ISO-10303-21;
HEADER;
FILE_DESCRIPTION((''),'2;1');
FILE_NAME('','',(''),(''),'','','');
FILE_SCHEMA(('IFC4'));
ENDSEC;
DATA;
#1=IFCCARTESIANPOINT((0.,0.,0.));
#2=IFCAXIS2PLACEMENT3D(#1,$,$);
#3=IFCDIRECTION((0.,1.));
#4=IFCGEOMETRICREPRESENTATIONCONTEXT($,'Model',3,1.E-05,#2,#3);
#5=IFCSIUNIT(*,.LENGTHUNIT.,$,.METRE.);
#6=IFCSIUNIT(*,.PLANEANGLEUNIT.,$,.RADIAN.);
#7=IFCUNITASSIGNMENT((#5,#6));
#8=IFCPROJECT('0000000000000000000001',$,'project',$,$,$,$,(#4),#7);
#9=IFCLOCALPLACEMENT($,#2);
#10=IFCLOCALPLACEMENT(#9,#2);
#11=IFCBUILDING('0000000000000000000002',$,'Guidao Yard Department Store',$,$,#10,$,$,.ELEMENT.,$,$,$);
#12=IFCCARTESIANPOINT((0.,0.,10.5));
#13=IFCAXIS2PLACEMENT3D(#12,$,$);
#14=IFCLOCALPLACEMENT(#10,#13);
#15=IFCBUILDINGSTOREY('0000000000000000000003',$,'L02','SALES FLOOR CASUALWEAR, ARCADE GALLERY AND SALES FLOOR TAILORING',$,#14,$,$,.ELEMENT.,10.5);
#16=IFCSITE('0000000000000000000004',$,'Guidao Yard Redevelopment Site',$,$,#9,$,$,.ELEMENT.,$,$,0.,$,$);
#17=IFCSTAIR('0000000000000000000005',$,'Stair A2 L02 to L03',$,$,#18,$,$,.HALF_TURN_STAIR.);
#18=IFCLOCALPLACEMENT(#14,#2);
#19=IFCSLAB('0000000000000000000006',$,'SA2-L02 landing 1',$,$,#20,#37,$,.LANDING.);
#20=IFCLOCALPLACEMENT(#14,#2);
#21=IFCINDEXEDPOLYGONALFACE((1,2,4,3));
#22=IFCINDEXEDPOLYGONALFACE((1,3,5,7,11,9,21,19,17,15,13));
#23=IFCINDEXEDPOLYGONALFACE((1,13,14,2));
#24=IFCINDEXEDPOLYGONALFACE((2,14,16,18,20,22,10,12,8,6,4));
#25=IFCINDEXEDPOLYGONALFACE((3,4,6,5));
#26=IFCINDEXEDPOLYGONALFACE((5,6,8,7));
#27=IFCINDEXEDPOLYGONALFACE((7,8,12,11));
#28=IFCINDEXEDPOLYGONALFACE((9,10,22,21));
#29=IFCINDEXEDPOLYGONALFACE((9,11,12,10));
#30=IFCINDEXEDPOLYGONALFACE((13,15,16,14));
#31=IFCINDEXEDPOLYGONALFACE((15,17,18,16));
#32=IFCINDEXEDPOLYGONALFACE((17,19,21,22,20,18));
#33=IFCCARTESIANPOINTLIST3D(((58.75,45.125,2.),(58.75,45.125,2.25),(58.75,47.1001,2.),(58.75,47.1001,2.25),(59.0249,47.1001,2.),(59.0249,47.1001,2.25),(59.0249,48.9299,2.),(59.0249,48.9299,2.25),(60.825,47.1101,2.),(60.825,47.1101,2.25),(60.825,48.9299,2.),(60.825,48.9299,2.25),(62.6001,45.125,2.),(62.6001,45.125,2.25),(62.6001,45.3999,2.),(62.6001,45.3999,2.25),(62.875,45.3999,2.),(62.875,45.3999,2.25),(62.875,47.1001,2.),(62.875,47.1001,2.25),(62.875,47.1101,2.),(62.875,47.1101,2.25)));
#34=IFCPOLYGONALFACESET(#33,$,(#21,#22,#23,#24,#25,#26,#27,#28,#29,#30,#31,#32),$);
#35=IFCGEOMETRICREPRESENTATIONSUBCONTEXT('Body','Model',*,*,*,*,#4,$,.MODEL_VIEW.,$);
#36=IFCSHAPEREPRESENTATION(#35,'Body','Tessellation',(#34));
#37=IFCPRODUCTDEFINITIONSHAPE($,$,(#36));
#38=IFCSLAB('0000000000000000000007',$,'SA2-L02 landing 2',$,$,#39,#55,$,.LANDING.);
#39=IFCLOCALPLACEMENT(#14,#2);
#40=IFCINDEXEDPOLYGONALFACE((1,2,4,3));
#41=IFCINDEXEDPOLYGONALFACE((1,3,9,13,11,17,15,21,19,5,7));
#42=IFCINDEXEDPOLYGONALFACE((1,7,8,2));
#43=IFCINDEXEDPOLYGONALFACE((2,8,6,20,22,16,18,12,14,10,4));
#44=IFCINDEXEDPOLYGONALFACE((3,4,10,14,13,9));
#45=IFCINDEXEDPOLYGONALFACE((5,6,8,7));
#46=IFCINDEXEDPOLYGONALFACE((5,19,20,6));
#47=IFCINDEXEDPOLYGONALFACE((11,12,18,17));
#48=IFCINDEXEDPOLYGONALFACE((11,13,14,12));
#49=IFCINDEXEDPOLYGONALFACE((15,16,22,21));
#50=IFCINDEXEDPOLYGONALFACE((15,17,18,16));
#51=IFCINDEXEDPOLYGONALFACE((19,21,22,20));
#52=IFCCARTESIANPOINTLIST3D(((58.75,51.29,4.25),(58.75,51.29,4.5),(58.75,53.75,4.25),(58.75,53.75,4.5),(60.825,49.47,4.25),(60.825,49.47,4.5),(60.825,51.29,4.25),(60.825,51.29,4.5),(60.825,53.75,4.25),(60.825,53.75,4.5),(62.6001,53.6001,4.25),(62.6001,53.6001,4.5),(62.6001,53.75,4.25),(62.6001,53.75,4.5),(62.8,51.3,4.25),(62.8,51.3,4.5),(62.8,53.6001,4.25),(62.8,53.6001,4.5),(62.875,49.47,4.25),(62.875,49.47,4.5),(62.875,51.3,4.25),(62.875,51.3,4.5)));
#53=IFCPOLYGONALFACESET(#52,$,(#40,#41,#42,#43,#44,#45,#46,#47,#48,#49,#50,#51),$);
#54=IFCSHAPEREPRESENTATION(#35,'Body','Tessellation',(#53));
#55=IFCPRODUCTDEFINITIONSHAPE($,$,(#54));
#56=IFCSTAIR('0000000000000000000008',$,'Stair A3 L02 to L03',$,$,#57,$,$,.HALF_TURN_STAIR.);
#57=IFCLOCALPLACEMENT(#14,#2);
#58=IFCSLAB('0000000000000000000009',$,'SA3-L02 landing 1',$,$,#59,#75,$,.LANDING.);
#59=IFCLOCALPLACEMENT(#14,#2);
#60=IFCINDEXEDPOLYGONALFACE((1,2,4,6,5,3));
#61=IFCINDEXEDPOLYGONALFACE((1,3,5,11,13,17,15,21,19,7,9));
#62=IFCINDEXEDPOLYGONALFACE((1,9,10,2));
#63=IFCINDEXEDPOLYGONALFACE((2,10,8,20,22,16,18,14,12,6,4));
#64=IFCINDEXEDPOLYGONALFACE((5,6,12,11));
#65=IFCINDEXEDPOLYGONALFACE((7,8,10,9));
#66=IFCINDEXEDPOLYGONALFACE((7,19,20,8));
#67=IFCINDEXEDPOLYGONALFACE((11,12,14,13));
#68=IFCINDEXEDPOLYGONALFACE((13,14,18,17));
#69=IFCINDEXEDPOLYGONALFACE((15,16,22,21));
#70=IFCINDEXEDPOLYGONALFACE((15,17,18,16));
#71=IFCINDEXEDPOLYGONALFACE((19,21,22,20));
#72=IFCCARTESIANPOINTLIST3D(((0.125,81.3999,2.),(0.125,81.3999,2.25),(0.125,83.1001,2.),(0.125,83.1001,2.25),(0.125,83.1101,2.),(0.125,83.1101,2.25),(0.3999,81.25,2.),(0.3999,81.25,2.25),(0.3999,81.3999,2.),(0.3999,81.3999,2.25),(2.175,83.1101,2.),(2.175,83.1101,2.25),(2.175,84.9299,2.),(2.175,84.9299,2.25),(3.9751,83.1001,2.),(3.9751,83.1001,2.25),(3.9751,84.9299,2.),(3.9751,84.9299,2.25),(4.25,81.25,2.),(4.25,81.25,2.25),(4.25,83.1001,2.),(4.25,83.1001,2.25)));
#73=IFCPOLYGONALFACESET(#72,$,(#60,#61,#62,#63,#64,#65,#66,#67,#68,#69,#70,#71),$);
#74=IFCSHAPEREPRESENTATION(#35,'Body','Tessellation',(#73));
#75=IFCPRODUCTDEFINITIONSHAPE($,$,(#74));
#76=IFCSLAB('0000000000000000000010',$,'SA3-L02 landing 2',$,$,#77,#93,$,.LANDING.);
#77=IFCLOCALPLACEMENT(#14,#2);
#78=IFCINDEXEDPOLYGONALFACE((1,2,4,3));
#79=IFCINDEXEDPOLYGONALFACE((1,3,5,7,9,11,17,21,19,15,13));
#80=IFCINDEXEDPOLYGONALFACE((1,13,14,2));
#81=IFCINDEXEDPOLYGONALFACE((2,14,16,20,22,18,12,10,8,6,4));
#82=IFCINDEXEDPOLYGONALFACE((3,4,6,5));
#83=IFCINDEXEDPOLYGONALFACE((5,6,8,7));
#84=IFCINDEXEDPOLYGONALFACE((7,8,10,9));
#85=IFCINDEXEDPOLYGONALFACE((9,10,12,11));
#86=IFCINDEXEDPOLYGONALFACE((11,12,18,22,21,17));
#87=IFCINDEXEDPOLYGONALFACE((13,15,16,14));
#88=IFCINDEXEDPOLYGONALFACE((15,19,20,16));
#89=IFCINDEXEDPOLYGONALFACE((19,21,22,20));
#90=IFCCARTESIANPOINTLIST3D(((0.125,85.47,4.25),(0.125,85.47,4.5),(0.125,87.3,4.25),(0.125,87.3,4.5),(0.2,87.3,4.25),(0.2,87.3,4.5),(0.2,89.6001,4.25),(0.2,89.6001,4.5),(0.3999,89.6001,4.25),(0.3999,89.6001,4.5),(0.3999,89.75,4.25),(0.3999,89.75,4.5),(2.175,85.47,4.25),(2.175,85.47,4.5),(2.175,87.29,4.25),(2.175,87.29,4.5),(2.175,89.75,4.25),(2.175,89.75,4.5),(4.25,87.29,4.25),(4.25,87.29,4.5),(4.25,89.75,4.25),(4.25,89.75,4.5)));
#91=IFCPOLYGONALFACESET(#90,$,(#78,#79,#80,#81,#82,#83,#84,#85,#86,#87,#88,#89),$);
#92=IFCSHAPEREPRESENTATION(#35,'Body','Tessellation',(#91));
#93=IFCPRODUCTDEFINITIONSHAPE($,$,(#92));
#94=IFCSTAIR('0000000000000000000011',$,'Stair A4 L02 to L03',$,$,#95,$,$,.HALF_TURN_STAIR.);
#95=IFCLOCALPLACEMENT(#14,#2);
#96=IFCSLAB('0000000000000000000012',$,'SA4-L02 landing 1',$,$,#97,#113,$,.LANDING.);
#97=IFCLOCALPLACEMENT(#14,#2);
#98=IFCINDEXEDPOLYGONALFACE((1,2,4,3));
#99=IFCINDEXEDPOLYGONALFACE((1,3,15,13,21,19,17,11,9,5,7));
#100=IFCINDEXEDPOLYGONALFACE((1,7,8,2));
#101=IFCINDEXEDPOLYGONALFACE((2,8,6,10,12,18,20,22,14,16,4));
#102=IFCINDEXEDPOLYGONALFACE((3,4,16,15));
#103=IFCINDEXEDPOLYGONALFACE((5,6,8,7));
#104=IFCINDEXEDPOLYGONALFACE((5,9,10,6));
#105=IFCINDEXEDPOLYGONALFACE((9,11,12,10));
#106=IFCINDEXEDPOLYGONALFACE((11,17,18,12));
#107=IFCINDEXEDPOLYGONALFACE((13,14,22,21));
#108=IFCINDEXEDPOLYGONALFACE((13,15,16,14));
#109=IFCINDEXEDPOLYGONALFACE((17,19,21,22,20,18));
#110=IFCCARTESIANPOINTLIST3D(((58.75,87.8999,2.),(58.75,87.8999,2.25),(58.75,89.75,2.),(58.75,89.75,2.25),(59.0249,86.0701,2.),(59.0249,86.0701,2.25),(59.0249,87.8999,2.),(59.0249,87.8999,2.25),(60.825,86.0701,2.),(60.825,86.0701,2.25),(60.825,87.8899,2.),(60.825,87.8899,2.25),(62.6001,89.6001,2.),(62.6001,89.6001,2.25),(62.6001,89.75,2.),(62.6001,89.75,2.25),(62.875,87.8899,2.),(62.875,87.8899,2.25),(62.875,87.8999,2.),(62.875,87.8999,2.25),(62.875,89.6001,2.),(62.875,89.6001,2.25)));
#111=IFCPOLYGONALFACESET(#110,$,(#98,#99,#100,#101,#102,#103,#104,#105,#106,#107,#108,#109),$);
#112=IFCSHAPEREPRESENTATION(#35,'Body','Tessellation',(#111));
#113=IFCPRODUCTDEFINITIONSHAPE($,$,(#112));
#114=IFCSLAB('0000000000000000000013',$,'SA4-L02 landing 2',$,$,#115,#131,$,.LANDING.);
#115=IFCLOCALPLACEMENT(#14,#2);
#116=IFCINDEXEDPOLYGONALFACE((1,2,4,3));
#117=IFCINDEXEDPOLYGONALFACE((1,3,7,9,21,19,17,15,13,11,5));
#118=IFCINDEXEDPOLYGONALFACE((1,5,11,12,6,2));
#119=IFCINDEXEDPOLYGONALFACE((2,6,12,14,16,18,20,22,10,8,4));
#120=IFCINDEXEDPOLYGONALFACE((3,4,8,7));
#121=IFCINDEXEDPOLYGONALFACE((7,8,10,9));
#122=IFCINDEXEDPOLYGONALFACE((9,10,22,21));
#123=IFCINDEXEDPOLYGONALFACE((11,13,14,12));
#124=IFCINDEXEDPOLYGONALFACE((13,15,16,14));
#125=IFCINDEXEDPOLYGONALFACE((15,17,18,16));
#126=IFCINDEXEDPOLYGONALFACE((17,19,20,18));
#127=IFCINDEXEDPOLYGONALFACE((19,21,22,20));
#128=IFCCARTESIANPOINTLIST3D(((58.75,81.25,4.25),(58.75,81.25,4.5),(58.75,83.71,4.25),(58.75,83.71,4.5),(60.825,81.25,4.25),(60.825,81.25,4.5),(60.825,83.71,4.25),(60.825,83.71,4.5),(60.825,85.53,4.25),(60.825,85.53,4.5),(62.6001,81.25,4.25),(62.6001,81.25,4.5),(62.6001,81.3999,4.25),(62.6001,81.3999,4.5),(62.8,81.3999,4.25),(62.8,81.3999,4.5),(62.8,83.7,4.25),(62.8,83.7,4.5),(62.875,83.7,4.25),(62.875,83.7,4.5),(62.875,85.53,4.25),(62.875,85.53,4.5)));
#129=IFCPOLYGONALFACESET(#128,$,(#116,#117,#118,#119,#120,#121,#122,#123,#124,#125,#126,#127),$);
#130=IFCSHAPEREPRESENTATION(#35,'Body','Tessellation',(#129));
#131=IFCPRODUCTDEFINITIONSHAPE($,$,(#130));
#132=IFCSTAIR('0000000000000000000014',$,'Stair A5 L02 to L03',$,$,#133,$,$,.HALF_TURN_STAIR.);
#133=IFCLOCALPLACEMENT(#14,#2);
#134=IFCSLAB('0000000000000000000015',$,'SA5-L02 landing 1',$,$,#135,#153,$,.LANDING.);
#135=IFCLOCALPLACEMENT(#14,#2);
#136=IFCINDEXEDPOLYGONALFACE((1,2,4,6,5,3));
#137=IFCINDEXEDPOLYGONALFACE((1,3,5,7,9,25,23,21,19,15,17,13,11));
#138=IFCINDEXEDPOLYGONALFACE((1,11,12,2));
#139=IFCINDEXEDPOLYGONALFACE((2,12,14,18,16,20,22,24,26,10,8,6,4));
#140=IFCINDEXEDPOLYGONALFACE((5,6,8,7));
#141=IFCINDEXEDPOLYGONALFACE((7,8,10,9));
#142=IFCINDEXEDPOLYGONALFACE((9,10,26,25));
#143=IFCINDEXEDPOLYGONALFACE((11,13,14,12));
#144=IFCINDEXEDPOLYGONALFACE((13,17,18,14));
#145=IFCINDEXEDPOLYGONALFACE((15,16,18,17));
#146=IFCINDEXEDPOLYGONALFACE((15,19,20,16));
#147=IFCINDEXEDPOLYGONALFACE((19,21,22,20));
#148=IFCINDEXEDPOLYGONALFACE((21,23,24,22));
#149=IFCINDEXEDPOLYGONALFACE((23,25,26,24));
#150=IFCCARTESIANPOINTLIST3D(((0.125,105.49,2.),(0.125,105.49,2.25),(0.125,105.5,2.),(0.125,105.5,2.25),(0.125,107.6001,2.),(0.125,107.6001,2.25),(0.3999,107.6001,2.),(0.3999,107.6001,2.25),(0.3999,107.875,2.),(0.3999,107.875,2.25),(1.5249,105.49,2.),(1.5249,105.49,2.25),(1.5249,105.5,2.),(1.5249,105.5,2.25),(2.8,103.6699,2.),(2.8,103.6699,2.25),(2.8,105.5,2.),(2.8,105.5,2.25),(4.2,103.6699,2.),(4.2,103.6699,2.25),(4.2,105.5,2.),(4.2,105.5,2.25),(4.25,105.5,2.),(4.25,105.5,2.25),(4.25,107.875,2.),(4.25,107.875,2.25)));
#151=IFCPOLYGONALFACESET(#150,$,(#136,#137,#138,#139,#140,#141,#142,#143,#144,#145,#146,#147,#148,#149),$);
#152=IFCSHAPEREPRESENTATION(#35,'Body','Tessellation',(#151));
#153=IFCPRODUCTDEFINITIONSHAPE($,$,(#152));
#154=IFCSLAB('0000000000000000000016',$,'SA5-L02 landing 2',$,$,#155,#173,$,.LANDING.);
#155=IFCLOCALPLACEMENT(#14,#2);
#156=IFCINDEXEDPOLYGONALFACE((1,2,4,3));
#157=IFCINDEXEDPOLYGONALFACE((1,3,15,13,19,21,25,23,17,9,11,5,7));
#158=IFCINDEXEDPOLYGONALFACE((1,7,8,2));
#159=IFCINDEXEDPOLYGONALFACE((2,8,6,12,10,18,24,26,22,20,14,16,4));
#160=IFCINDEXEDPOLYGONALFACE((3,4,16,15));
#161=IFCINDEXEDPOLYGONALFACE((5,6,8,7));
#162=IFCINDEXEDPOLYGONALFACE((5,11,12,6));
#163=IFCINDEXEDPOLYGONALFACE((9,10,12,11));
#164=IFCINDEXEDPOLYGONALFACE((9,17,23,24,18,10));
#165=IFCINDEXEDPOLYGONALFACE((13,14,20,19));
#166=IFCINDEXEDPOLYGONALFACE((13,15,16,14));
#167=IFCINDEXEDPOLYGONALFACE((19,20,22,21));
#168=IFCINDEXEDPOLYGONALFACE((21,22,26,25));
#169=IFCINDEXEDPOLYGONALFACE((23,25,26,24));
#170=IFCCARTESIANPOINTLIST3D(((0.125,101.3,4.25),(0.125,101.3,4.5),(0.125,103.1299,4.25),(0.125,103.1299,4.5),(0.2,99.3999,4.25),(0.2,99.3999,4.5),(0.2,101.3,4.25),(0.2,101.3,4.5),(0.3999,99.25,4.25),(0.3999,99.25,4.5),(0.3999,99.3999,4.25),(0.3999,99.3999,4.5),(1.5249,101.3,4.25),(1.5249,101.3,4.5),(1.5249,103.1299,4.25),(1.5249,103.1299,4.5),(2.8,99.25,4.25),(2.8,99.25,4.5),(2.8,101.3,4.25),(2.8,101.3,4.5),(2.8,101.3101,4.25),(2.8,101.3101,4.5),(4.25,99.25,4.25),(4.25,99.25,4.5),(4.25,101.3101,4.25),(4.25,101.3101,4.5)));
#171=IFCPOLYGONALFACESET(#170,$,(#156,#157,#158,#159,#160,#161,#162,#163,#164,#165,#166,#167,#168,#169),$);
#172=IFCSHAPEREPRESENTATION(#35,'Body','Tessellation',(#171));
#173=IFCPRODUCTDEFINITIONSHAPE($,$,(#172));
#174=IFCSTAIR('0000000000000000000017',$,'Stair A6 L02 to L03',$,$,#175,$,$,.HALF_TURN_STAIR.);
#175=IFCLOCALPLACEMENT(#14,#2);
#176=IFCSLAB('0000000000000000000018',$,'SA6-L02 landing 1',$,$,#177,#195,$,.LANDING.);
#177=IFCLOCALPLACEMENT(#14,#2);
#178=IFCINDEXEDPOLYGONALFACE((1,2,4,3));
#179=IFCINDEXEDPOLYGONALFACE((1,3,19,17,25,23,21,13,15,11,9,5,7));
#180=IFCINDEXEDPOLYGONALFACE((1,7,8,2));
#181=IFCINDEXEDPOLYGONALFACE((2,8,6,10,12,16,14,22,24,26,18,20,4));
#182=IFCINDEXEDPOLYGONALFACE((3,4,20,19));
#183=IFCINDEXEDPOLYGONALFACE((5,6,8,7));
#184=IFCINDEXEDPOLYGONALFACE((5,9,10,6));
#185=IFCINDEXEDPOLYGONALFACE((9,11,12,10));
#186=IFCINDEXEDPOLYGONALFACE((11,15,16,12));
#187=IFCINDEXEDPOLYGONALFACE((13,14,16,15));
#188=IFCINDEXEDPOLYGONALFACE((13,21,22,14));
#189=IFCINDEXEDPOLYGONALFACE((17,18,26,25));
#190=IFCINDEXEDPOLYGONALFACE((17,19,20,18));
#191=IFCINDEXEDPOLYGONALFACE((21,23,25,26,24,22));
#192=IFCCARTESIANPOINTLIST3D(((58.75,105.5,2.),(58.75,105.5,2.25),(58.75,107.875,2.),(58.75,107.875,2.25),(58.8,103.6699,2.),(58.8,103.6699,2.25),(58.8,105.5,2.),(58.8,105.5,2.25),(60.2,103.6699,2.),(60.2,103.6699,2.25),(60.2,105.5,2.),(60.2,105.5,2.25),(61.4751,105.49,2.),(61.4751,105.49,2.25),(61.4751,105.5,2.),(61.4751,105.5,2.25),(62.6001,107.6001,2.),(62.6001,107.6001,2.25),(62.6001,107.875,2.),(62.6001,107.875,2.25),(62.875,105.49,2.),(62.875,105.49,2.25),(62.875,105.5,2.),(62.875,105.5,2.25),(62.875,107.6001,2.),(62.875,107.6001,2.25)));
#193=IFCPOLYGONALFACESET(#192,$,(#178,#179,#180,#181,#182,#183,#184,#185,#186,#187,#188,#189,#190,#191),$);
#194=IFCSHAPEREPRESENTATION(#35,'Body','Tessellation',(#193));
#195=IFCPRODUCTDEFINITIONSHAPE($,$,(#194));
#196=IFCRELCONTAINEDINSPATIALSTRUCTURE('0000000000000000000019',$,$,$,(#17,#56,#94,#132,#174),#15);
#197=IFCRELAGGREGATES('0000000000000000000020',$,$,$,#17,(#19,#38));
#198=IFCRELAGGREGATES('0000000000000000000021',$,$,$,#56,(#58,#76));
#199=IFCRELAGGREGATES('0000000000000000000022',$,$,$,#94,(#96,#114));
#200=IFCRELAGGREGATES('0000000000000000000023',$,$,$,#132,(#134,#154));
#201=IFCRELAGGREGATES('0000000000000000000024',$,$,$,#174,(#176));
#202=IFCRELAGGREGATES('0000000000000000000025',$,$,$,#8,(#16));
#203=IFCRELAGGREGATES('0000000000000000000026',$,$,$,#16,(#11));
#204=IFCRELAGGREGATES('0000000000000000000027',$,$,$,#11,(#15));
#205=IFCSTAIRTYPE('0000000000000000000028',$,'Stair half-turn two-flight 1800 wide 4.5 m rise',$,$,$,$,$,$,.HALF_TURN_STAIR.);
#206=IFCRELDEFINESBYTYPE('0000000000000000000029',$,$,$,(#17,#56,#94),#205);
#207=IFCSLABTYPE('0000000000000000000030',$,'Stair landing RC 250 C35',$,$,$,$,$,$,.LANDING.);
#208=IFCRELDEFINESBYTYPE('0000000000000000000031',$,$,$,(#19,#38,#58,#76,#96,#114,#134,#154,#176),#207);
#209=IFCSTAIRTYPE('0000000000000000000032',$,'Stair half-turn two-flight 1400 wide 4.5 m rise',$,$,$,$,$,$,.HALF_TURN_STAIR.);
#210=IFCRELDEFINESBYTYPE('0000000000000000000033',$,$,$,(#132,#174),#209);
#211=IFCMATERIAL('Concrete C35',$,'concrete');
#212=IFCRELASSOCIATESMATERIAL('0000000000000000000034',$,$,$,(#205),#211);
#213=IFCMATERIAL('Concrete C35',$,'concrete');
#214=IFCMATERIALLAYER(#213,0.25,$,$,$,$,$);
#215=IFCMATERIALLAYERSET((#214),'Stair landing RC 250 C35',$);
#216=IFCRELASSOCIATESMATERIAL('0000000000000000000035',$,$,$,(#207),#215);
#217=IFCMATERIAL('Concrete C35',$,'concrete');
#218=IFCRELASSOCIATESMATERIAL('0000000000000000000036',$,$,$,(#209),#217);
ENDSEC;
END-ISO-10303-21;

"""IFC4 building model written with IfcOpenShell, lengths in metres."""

from ifc_helpers import new_model, si_unit, direction, frame, origin, place, context, subcontext, project, spatial, polyline, outline, extrude, material, layer, layer_set, type_object, element, aggregate, save


model = new_model("IFC4")

# Units and contexts
model_context = context("Model", 3, precision=1e-05, world=origin(), true_north=direction((0.0, 1.0)))
body_context = subcontext(model_context, "Body", "Model", "MODEL_VIEW")
ifc_project = project(units=[si_unit("LENGTHUNIT", "METRE"), si_unit("PLANEANGLEUNIT", "RADIAN")], contexts=[model_context])

# Site, building, storey
site_placement = place(None, origin())
site = spatial("IfcSite", under=ifc_project, at=site_placement, Name="Guidao Yard Redevelopment Site", CompositionType="ELEMENT", RefElevation=0.0)
building_placement = place(site_placement, origin())
building = spatial("IfcBuilding", under=site, at=building_placement, Name="Guidao Yard Department Store", CompositionType="ELEMENT")
storey_placement = place(building_placement, frame((0.0, 0.0, 10.5)))
storey = spatial("IfcBuildingStorey", under=building, at=storey_placement, Name="L02", Description="SALES FLOOR CASUALWEAR, ARCADE GALLERY AND SALES FLOOR TAILORING", CompositionType="ELEMENT", Elevation=10.5)

# Stairs, slabs
ifc_material_1 = material(Name="Concrete C35", Category="concrete")
stair_type_1 = type_object("IfcStairType", Name="Stair half-turn two-flight 1800 wide 4.5 m rise", PredefinedType="HALF_TURN_STAIR", material=ifc_material_1)
ifc_material_2 = material(Name="Concrete C35", Category="concrete")
ifc_layer_1 = layer(ifc_material_2, 0.25)
ifc_layer_set_1 = layer_set([ifc_layer_1], Name="Stair landing RC 250 C35")
slab_type_1 = type_object("IfcSlabType", Name="Stair landing RC 250 C35", PredefinedType="LANDING", material=ifc_layer_set_1)
stair_1_placement = place(storey_placement, origin())
stair_1 = element("IfcStair", 1, at=stair_1_placement, inside=storey, type_object=stair_type_1, Name="Stair A2 L02 to L03", PredefinedType="HALF_TURN_STAIR")
slab_1_placement = place(storey_placement, frame((0.0, 0.0, 2.0)))
slab_1 = element("IfcSlab", 2, at=slab_1_placement, type_object=slab_type_1, Name="SA2-L02 landing 1", PredefinedType="LANDING", context=body_context, shape_type="SweptSolid", body=[
    extrude(outline(polyline([(58.75, 47.1001), (59.0249, 47.1001), (59.0249, 48.9299), (60.825, 48.9299), (60.825, 47.1101), (62.875, 47.1101), (62.875, 47.1001), (62.875, 45.3999), (62.6001, 45.3999), (62.6001, 45.125), (58.75, 45.125), (58.75, 47.1001)])), origin(), (0.0, 0.0, 1.0), 0.25),
])
slab_2_placement = place(storey_placement, frame((0.0, 0.0, 4.25)))
slab_2 = element("IfcSlab", 3, at=slab_2_placement, type_object=slab_type_1, Name="SA2-L02 landing 2", PredefinedType="LANDING", context=body_context, shape_type="SweptSolid", body=[
    extrude(outline(polyline([(60.825, 49.47), (60.825, 51.29), (58.75, 51.29), (58.75, 53.75), (60.825, 53.75), (62.6001, 53.75), (62.6001, 53.6001), (62.8, 53.6001), (62.8, 51.3), (62.875, 51.3), (62.875, 49.47), (60.825, 49.47)])), origin(), (0.0, 0.0, 1.0), 0.25),
])
aggregate(stair_1, [slab_1, slab_2])
stair_2_placement = place(storey_placement, origin())
stair_2 = element("IfcStair", 4, at=stair_2_placement, inside=storey, type_object=stair_type_1, Name="Stair A3 L02 to L03", PredefinedType="HALF_TURN_STAIR")
slab_3_placement = place(storey_placement, frame((0.0, 0.0, 2.0)))
slab_3 = element("IfcSlab", 5, at=slab_3_placement, type_object=slab_type_1, Name="SA3-L02 landing 1", PredefinedType="LANDING", context=body_context, shape_type="SweptSolid", body=[
    extrude(outline(polyline([(0.3999, 81.25), (0.3999, 81.3999), (0.125, 81.3999), (0.125, 83.1001), (0.125, 83.1101), (2.175, 83.1101), (2.175, 84.9299), (3.9751, 84.9299), (3.9751, 83.1001), (4.25, 83.1001), (4.25, 81.25), (0.3999, 81.25)])), origin(), (0.0, 0.0, 1.0), 0.25),
])
slab_4_placement = place(storey_placement, frame((0.0, 0.0, 4.25)))
slab_4 = element("IfcSlab", 6, at=slab_4_placement, type_object=slab_type_1, Name="SA3-L02 landing 2", PredefinedType="LANDING", context=body_context, shape_type="SweptSolid", body=[
    extrude(outline(polyline([(0.125, 87.3), (0.2, 87.3), (0.2, 89.6001), (0.3999, 89.6001), (0.3999, 89.75), (2.175, 89.75), (4.25, 89.75), (4.25, 87.29), (2.175, 87.29), (2.175, 85.47), (0.125, 85.47), (0.125, 87.3)])), origin(), (0.0, 0.0, 1.0), 0.25),
])
aggregate(stair_2, [slab_3, slab_4])
stair_3_placement = place(storey_placement, origin())
stair_3 = element("IfcStair", 7, at=stair_3_placement, inside=storey, type_object=stair_type_1, Name="Stair A4 L02 to L03", PredefinedType="HALF_TURN_STAIR")
slab_5_placement = place(storey_placement, frame((0.0, 0.0, 2.0)))
slab_5 = element("IfcSlab", 8, at=slab_5_placement, type_object=slab_type_1, Name="SA4-L02 landing 1", PredefinedType="LANDING", context=body_context, shape_type="SweptSolid", body=[
    extrude(outline(polyline([(59.0249, 87.8999), (58.75, 87.8999), (58.75, 89.75), (62.6001, 89.75), (62.6001, 89.6001), (62.875, 89.6001), (62.875, 87.8999), (62.875, 87.8899), (60.825, 87.8899), (60.825, 86.0701), (59.0249, 86.0701), (59.0249, 87.8999)])), origin(), (0.0, 0.0, 1.0), 0.25),
])
slab_6_placement = place(storey_placement, frame((0.0, 0.0, 4.25)))
slab_6 = element("IfcSlab", 9, at=slab_6_placement, type_object=slab_type_1, Name="SA4-L02 landing 2", PredefinedType="LANDING", context=body_context, shape_type="SweptSolid", body=[
    extrude(outline(polyline([(58.75, 81.25), (58.75, 83.71), (60.825, 83.71), (60.825, 85.53), (62.875, 85.53), (62.875, 83.7), (62.8, 83.7), (62.8, 81.3999), (62.6001, 81.3999), (62.6001, 81.25), (60.825, 81.25), (58.75, 81.25)])), origin(), (0.0, 0.0, 1.0), 0.25),
])
aggregate(stair_3, [slab_5, slab_6])
ifc_material_3 = material(Name="Concrete C35", Category="concrete")
stair_type_2 = type_object("IfcStairType", Name="Stair half-turn two-flight 1400 wide 4.5 m rise", PredefinedType="HALF_TURN_STAIR", material=ifc_material_3)
stair_4_placement = place(storey_placement, origin())
stair_4 = element("IfcStair", 10, at=stair_4_placement, inside=storey, type_object=stair_type_2, Name="Stair A5 L02 to L03", PredefinedType="HALF_TURN_STAIR")
slab_7_placement = place(storey_placement, frame((0.0, 0.0, 2.0)))
slab_7 = element("IfcSlab", 11, at=slab_7_placement, type_object=slab_type_1, Name="SA5-L02 landing 1", PredefinedType="LANDING", context=body_context, shape_type="SweptSolid", body=[
    extrude(outline(polyline([(2.8, 105.5), (1.5249, 105.5), (1.5249, 105.49), (0.125, 105.49), (0.125, 105.5), (0.125, 107.6001), (0.3999, 107.6001), (0.3999, 107.875), (4.25, 107.875), (4.25, 105.5), (4.2, 105.5), (4.2, 103.6699), (2.8, 103.6699), (2.8, 105.5)])), origin(), (0.0, 0.0, 1.0), 0.25),
])
slab_8_placement = place(storey_placement, frame((0.0, 0.0, 4.25)))
slab_8 = element("IfcSlab", 12, at=slab_8_placement, type_object=slab_type_1, Name="SA5-L02 landing 2", PredefinedType="LANDING", context=body_context, shape_type="SweptSolid", body=[
    extrude(outline(polyline([(4.25, 101.3101), (4.25, 99.25), (2.8, 99.25), (0.3999, 99.25), (0.3999, 99.3999), (0.2, 99.3999), (0.2, 101.3), (0.125, 101.3), (0.125, 103.1299), (1.5249, 103.1299), (1.5249, 101.3), (2.8, 101.3), (2.8, 101.3101), (4.25, 101.3101)])), origin(), (0.0, 0.0, 1.0), 0.25),
])
aggregate(stair_4, [slab_7, slab_8])
stair_5_placement = place(storey_placement, origin())
stair_5 = element("IfcStair", 13, at=stair_5_placement, inside=storey, type_object=stair_type_2, Name="Stair A6 L02 to L03", PredefinedType="HALF_TURN_STAIR")
slab_9_placement = place(storey_placement, frame((0.0, 0.0, 2.0)))
slab_9 = element("IfcSlab", 14, at=slab_9_placement, type_object=slab_type_1, Name="SA6-L02 landing 1", PredefinedType="LANDING", context=body_context, shape_type="SweptSolid", body=[
    extrude(outline(polyline([(58.8, 105.5), (58.75, 105.5), (58.75, 107.875), (62.6001, 107.875), (62.6001, 107.6001), (62.875, 107.6001), (62.875, 105.5), (62.875, 105.49), (61.4751, 105.49), (61.4751, 105.5), (60.2, 105.5), (60.2, 103.6699), (58.8, 103.6699), (58.8, 105.5)])), origin(), (0.0, 0.0, 1.0), 0.25),
])
aggregate(stair_5, [slab_9])

save(model, "model.ifc")
